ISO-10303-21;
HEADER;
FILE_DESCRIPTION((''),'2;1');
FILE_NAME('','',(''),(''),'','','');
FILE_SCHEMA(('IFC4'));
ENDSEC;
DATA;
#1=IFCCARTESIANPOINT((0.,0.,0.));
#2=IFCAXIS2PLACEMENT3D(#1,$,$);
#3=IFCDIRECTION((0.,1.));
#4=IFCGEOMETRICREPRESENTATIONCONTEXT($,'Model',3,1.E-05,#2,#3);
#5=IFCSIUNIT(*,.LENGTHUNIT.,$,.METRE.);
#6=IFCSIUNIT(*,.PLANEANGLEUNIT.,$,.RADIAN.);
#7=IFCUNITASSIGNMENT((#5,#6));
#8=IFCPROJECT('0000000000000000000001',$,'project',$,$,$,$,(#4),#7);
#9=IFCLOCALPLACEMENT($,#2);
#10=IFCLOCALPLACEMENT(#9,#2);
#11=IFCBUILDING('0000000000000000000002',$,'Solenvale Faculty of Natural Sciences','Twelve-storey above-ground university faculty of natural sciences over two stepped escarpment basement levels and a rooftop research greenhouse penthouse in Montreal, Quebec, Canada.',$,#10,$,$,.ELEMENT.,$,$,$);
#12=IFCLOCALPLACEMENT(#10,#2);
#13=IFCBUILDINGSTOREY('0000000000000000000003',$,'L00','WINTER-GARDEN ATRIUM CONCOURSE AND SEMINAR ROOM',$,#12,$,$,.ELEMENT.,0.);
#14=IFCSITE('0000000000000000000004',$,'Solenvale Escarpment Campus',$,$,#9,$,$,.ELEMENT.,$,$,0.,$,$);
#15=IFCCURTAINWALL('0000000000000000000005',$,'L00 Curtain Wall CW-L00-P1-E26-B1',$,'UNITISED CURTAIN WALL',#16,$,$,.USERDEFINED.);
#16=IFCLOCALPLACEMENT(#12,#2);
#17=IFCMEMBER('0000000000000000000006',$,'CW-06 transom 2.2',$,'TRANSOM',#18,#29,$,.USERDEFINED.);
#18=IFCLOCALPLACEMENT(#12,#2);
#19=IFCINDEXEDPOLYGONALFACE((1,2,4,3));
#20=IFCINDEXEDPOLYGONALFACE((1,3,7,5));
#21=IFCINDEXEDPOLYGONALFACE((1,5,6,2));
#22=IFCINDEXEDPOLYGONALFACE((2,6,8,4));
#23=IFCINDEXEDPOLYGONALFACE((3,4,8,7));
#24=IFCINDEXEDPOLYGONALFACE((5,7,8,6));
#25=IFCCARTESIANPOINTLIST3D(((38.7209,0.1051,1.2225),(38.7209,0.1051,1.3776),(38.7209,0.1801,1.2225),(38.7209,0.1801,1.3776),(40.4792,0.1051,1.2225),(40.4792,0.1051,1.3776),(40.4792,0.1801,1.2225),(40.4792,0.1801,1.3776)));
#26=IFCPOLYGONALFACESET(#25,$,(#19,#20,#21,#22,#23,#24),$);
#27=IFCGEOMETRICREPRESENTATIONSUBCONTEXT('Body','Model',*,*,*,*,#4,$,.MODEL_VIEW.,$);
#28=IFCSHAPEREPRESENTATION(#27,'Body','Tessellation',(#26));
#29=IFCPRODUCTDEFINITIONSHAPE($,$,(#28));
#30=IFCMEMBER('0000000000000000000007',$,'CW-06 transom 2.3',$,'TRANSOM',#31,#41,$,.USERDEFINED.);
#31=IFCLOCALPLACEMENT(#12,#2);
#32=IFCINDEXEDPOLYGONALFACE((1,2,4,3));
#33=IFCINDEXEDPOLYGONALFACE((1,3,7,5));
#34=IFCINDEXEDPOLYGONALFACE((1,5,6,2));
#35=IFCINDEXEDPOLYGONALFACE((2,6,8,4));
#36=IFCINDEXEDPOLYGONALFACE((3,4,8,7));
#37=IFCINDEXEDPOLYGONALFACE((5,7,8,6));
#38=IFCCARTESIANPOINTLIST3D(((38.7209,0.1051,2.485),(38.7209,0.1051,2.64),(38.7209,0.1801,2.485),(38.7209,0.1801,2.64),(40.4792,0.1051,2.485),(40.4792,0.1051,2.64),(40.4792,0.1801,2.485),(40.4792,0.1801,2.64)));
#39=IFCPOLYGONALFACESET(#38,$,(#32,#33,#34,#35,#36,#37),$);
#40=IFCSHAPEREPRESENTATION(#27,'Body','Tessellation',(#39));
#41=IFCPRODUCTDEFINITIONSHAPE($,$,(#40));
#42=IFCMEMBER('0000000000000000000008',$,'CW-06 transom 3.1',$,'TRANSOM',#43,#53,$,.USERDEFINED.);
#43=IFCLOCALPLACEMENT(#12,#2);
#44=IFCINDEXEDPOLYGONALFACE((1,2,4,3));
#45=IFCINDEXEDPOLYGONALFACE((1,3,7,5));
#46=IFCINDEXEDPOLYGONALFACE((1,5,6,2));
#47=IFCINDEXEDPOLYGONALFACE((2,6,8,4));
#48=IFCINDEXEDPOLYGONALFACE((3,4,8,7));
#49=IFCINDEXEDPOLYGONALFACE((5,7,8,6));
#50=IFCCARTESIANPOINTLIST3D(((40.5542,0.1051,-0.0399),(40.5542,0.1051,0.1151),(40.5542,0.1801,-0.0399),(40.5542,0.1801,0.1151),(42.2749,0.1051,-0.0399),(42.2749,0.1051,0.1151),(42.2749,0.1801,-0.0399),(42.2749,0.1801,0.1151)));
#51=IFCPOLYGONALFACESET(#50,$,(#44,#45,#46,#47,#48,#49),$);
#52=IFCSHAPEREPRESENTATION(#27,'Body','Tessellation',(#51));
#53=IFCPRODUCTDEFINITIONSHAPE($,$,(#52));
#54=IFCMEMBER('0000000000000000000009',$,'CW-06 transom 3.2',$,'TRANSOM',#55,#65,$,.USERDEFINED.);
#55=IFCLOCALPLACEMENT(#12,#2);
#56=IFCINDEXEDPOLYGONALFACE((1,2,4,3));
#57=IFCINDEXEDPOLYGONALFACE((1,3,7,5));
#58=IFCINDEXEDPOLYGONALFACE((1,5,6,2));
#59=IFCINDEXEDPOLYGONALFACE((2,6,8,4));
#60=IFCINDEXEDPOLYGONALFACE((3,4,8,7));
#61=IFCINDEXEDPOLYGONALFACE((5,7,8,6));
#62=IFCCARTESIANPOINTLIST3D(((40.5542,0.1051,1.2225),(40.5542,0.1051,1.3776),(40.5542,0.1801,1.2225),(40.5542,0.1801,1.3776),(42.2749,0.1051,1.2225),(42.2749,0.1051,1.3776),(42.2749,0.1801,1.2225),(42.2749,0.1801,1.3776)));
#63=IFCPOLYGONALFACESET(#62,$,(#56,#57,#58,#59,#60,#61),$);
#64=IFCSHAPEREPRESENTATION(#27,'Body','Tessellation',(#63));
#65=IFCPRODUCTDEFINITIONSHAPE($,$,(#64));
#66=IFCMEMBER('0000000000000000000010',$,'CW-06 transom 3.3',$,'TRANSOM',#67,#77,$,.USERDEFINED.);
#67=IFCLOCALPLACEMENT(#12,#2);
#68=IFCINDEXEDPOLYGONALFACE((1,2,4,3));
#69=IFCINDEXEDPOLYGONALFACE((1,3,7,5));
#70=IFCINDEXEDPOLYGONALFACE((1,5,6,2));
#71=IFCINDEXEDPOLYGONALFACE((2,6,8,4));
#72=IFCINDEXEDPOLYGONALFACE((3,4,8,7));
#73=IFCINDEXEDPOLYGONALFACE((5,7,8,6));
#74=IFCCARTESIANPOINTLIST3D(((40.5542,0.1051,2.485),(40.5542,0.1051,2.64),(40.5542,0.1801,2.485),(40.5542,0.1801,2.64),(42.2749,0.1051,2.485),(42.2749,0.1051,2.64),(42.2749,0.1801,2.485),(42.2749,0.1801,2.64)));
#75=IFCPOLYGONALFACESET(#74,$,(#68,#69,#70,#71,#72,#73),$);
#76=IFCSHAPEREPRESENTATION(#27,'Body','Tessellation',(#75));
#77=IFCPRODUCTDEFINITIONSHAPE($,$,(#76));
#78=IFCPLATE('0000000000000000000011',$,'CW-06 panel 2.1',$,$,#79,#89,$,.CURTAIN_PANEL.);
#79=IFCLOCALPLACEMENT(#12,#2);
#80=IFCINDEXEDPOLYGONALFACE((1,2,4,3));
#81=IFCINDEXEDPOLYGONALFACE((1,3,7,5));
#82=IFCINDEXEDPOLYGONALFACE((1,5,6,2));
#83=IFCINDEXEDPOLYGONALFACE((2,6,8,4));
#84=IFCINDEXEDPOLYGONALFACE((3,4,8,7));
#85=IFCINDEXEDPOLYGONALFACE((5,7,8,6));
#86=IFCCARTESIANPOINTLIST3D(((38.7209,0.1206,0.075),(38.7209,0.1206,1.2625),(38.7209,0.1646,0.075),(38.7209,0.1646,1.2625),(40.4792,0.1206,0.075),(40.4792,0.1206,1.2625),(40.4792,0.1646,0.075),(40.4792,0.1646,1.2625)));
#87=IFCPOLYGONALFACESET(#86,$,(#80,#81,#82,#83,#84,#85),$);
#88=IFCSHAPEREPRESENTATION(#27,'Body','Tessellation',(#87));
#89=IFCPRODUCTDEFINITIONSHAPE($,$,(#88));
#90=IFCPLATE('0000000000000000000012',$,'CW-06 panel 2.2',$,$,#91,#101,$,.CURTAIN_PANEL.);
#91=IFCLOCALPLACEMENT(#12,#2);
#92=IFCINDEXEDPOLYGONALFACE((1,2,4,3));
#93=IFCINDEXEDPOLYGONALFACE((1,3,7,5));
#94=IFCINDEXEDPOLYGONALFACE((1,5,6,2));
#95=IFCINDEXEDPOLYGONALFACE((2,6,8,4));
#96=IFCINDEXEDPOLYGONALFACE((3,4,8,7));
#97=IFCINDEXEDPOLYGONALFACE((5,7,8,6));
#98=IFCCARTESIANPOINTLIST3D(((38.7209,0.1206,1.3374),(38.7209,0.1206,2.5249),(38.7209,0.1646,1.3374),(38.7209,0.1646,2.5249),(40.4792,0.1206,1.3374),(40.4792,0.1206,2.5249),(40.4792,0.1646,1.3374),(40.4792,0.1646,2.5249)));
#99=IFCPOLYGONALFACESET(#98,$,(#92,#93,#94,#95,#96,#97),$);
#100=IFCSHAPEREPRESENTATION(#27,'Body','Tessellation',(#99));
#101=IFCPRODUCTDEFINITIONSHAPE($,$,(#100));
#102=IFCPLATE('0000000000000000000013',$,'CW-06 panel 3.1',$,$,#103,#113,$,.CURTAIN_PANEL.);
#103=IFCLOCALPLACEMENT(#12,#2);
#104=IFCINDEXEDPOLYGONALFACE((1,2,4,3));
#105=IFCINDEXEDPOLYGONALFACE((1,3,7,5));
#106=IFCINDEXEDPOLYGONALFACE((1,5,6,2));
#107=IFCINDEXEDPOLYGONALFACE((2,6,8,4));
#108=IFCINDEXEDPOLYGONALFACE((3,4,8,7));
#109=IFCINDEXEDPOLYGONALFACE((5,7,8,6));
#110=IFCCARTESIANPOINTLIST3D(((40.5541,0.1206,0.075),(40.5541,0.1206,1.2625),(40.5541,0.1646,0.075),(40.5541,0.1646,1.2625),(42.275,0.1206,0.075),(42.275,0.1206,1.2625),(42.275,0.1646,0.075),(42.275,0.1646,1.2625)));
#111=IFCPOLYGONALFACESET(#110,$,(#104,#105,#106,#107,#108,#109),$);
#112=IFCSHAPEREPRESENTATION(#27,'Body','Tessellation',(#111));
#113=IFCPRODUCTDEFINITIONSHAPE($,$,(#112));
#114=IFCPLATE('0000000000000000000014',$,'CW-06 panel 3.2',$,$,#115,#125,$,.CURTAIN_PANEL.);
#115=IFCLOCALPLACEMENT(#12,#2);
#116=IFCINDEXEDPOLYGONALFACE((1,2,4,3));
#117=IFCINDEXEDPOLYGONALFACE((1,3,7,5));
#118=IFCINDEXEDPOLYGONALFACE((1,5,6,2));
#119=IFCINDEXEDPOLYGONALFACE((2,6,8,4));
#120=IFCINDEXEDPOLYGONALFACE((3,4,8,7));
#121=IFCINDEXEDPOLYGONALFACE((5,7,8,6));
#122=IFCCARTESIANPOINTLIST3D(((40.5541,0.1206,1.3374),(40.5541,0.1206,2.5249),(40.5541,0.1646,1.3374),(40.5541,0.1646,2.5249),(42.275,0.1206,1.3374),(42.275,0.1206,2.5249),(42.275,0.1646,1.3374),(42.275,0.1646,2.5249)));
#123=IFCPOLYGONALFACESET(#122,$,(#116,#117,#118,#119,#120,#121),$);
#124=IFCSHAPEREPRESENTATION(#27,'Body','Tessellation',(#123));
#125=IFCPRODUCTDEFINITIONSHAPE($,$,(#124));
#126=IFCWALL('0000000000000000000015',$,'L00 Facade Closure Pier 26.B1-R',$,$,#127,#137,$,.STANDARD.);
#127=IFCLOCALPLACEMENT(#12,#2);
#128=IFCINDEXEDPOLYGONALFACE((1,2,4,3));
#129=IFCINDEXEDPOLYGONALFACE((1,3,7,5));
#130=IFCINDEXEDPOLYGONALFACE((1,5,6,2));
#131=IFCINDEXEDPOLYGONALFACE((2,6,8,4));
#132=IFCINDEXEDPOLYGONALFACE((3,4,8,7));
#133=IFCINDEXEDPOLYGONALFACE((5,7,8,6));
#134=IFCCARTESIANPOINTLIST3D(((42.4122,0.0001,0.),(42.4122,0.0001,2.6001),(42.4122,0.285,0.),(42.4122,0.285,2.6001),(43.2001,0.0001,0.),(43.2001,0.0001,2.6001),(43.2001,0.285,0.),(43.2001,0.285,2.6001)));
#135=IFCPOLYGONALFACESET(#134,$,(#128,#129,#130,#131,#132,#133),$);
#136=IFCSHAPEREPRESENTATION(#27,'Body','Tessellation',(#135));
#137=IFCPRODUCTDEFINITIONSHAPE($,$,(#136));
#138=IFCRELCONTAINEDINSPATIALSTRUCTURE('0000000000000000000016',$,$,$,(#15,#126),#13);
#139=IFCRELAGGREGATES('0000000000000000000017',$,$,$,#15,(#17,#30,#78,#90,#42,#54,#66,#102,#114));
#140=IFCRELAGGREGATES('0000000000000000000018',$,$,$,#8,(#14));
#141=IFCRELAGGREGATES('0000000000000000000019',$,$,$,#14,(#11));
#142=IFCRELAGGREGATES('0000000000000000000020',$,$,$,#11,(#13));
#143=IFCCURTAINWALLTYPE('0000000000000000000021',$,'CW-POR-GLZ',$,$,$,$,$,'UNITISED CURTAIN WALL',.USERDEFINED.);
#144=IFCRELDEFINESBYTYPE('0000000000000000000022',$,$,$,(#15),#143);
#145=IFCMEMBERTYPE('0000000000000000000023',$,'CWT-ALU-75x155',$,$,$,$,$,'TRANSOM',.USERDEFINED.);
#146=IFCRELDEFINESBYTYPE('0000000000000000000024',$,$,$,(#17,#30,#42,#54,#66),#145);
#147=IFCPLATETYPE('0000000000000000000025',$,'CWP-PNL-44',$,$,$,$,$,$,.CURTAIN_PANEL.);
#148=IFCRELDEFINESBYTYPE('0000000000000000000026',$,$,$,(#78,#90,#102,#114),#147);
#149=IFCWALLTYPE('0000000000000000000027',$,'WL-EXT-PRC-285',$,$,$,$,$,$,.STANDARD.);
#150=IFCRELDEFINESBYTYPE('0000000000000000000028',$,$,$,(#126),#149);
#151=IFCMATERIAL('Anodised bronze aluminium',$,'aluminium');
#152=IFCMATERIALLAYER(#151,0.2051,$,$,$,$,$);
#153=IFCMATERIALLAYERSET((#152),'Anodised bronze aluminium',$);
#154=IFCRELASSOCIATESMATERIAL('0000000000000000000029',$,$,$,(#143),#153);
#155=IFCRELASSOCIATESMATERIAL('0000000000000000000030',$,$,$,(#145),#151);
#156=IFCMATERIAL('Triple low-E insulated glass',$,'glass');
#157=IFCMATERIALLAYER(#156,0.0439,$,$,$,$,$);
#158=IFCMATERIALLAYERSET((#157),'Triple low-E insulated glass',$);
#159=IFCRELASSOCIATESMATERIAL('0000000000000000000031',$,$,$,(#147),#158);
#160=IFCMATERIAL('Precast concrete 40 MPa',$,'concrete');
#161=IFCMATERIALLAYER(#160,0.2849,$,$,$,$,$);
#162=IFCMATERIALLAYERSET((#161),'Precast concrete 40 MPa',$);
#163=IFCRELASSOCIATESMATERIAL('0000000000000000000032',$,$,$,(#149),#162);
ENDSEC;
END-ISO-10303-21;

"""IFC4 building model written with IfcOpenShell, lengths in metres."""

from ifc_helpers import new_model, si_unit, direction, frame, frame_2d, origin, origin_2d, place, context, subcontext, project, spatial, rectangle, extrude, material, layer, layer_set, material_profile, profile_set, type_object, element, aggregate, save


model = new_model("IFC4")

# Units and contexts
model_context = context("Model", 3, precision=1e-05, world=origin(), true_north=direction((0.0, 1.0)))
body_context = subcontext(model_context, "Body", "Model", "MODEL_VIEW")
ifc_project = project(units=[si_unit("LENGTHUNIT", "METRE"), si_unit("PLANEANGLEUNIT", "RADIAN")], contexts=[model_context])

# Site, building, storey
site_placement = place(None, origin())
site = spatial("IfcSite", under=ifc_project, at=site_placement, Name="Solenvale Escarpment Campus", CompositionType="ELEMENT", RefElevation=0.0)
building_placement = place(site_placement, origin())
building = spatial("IfcBuilding", under=site, at=building_placement, Name="Solenvale Faculty of Natural Sciences", Description="Twelve-storey above-ground university faculty of natural sciences over two stepped escarpment basement levels and a rooftop research greenhouse penthouse in Montreal, Quebec, Canada.", CompositionType="ELEMENT")
storey_placement = place(building_placement, origin())
storey = spatial("IfcBuildingStorey", under=building, at=storey_placement, Name="L00", Description="WINTER-GARDEN ATRIUM CONCOURSE AND SEMINAR ROOM", CompositionType="ELEMENT", Elevation=0.0)

# Curtain wall, members, plates
ifc_material_1 = material(Name="Anodised bronze aluminium", Category="aluminium")
ifc_layer_1 = layer(ifc_material_1, 0.2051)
ifc_layer_set_1 = layer_set([ifc_layer_1], Name="Anodised bronze aluminium")
curtain_wall_type = type_object("IfcCurtainWallType", Name="CW-POR-GLZ", ElementType="UNITISED CURTAIN WALL", PredefinedType="USERDEFINED", material=ifc_layer_set_1)
curtain_wall_placement = place(storey_placement, origin())
curtain_wall = element("IfcCurtainWall", 1, at=curtain_wall_placement, inside=storey, type_object=curtain_wall_type, Name="L00 Curtain Wall CW-L00-P1-E26-B1", ObjectType="UNITISED CURTAIN WALL", PredefinedType="USERDEFINED")
ifc_material_profile_1 = material_profile(ifc_material_1, rectangle(XDim=0.075, YDim=0.155, at=origin_2d()), Name="ALU-TRN-75x155")
ifc_profile_set_1 = profile_set([ifc_material_profile_1], Name="Anodised bronze aluminium")
member_type_1 = type_object("IfcMemberType", Name="CWT-ALU-75x155", ElementType="TRANSOM", PredefinedType="USERDEFINED", material=ifc_profile_set_1)
member_1_placement = place(storey_placement, frame((38.7209, 0.1426, 1.3), z_axis=(1.0, 0.0, 0.0), x_axis=(0.0, 1.0, 0.0)))
member_1 = element("IfcMember", 2, at=member_1_placement, type_object=member_type_1, Name="CW-06 transom 2.2", ObjectType="TRANSOM", PredefinedType="USERDEFINED", context=body_context, shape_type="SweptSolid", body=[
    extrude(rectangle(XDim=0.075, YDim=0.155, at=origin_2d()), origin(), (0.0, 0.0, 1.0), 1.7583),
])
member_2_placement = place(storey_placement, frame((38.7209, 0.1426, 2.5625), z_axis=(1.0, 0.0, 0.0), x_axis=(0.0, 1.0, 0.0)))
member_2 = element("IfcMember", 3, at=member_2_placement, type_object=member_type_1, Name="CW-06 transom 2.3", ObjectType="TRANSOM", PredefinedType="USERDEFINED", context=body_context, shape_type="SweptSolid", body=[
    extrude(rectangle(XDim=0.075, YDim=0.155, at=origin_2d()), origin(), (0.0, 0.0, 1.0), 1.7583),
])
member_3_placement = place(storey_placement, frame((40.5542, 0.1426, 0.0376), z_axis=(1.0, 0.0, 0.0), x_axis=(0.0, 1.0, 0.0)))
member_3 = element("IfcMember", 4, at=member_3_placement, type_object=member_type_1, Name="CW-06 transom 3.1", ObjectType="TRANSOM", PredefinedType="USERDEFINED", context=body_context, shape_type="SweptSolid", body=[
    extrude(rectangle(XDim=0.075, YDim=0.155, at=origin_2d()), origin(), (0.0, 0.0, 1.0), 1.7207),
])
member_4_placement = place(storey_placement, frame((40.5542, 0.1426, 1.3), z_axis=(1.0, 0.0, 0.0), x_axis=(0.0, 1.0, 0.0)))
member_4 = element("IfcMember", 5, at=member_4_placement, type_object=member_type_1, Name="CW-06 transom 3.2", ObjectType="TRANSOM", PredefinedType="USERDEFINED", context=body_context, shape_type="SweptSolid", body=[
    extrude(rectangle(XDim=0.075, YDim=0.155, at=origin_2d()), origin(), (0.0, 0.0, 1.0), 1.7207),
])
member_5_placement = place(storey_placement, frame((40.5542, 0.1426, 2.5625), z_axis=(1.0, 0.0, 0.0), x_axis=(0.0, 1.0, 0.0)))
member_5 = element("IfcMember", 6, at=member_5_placement, type_object=member_type_1, Name="CW-06 transom 3.3", ObjectType="TRANSOM", PredefinedType="USERDEFINED", context=body_context, shape_type="SweptSolid", body=[
    extrude(rectangle(XDim=0.075, YDim=0.155, at=origin_2d()), origin(), (0.0, 0.0, 1.0), 1.7207),
])
ifc_material_2 = material(Name="Triple low-E insulated glass", Category="glass")
ifc_layer_2 = layer(ifc_material_2, 0.0439)
ifc_layer_set_2 = layer_set([ifc_layer_2], Name="Triple low-E insulated glass")
plate_type = type_object("IfcPlateType", Name="CWP-PNL-44", PredefinedType="CURTAIN_PANEL", material=ifc_layer_set_2)
plate_1_placement = place(storey_placement, frame((39.6001, 0.1426, 0.075), z_axis=(0.0, 0.0, 1.0), x_axis=(1.0, 0.0, 0.0)))
plate_1 = element("IfcPlate", 7, at=plate_1_placement, type_object=plate_type, Name="CW-06 panel 2.1", PredefinedType="CURTAIN_PANEL", context=body_context, shape_type="SweptSolid", body=[
    extrude(rectangle(XDim=1.7583, YDim=0.0439, at=origin_2d()), origin(), (0.0, 0.0, 1.0), 1.1875),
])
plate_2_placement = place(storey_placement, frame((39.6001, 0.1426, 1.3374), z_axis=(0.0, 0.0, 1.0), x_axis=(1.0, 0.0, 0.0)))
plate_2 = element("IfcPlate", 8, at=plate_2_placement, type_object=plate_type, Name="CW-06 panel 2.2", PredefinedType="CURTAIN_PANEL", context=body_context, shape_type="SweptSolid", body=[
    extrude(rectangle(XDim=1.7583, YDim=0.0439, at=origin_2d()), origin(), (0.0, 0.0, 1.0), 1.1875),
])
plate_3_placement = place(storey_placement, frame((41.4146, 0.1426, 0.075), z_axis=(0.0, 0.0, 1.0), x_axis=(1.0, 0.0, 0.0)))
plate_3 = element("IfcPlate", 9, at=plate_3_placement, type_object=plate_type, Name="CW-06 panel 3.1", PredefinedType="CURTAIN_PANEL", context=body_context, shape_type="SweptSolid", body=[
    extrude(rectangle(XDim=1.7209, YDim=0.0439, at=origin_2d()), origin(), (0.0, 0.0, 1.0), 1.1875),
])
plate_4_placement = place(storey_placement, frame((41.4146, 0.1426, 1.3374), z_axis=(0.0, 0.0, 1.0), x_axis=(1.0, 0.0, 0.0)))
plate_4 = element("IfcPlate", 10, at=plate_4_placement, type_object=plate_type, Name="CW-06 panel 3.2", PredefinedType="CURTAIN_PANEL", context=body_context, shape_type="SweptSolid", body=[
    extrude(rectangle(XDim=1.7209, YDim=0.0439, at=origin_2d()), origin(), (0.0, 0.0, 1.0), 1.1875),
])
aggregate(curtain_wall, [member_1, member_2, plate_1, plate_2, member_3, member_4, member_5, plate_3, plate_4])

# Wall
ifc_material_3 = material(Name="Precast concrete 40 MPa", Category="concrete")
ifc_layer_3 = layer(ifc_material_3, 0.2849)
ifc_layer_set_3 = layer_set([ifc_layer_3], Name="Precast concrete 40 MPa")
wall_type = type_object("IfcWallType", Name="WL-EXT-PRC-285", PredefinedType="STANDARD", material=ifc_layer_set_3)
wall_placement = place(storey_placement, frame((42.4121, 0.1426, 0.0), z_axis=(0.0, 0.0, 1.0), x_axis=(1.0, 0.0, 0.0)))
element("IfcWall", 11, at=wall_placement, inside=storey, type_object=wall_type, Name="L00 Facade Closure Pier 26.B1-R", PredefinedType="STANDARD", context=body_context, shape_type="SweptSolid", body=[
    extrude(rectangle(XDim=0.7878, YDim=0.2849, at=frame_2d((0.394, 0.0))), origin(), (0.0, 0.0, 1.0), 2.6001),
])

save(model, "model.ifc")
